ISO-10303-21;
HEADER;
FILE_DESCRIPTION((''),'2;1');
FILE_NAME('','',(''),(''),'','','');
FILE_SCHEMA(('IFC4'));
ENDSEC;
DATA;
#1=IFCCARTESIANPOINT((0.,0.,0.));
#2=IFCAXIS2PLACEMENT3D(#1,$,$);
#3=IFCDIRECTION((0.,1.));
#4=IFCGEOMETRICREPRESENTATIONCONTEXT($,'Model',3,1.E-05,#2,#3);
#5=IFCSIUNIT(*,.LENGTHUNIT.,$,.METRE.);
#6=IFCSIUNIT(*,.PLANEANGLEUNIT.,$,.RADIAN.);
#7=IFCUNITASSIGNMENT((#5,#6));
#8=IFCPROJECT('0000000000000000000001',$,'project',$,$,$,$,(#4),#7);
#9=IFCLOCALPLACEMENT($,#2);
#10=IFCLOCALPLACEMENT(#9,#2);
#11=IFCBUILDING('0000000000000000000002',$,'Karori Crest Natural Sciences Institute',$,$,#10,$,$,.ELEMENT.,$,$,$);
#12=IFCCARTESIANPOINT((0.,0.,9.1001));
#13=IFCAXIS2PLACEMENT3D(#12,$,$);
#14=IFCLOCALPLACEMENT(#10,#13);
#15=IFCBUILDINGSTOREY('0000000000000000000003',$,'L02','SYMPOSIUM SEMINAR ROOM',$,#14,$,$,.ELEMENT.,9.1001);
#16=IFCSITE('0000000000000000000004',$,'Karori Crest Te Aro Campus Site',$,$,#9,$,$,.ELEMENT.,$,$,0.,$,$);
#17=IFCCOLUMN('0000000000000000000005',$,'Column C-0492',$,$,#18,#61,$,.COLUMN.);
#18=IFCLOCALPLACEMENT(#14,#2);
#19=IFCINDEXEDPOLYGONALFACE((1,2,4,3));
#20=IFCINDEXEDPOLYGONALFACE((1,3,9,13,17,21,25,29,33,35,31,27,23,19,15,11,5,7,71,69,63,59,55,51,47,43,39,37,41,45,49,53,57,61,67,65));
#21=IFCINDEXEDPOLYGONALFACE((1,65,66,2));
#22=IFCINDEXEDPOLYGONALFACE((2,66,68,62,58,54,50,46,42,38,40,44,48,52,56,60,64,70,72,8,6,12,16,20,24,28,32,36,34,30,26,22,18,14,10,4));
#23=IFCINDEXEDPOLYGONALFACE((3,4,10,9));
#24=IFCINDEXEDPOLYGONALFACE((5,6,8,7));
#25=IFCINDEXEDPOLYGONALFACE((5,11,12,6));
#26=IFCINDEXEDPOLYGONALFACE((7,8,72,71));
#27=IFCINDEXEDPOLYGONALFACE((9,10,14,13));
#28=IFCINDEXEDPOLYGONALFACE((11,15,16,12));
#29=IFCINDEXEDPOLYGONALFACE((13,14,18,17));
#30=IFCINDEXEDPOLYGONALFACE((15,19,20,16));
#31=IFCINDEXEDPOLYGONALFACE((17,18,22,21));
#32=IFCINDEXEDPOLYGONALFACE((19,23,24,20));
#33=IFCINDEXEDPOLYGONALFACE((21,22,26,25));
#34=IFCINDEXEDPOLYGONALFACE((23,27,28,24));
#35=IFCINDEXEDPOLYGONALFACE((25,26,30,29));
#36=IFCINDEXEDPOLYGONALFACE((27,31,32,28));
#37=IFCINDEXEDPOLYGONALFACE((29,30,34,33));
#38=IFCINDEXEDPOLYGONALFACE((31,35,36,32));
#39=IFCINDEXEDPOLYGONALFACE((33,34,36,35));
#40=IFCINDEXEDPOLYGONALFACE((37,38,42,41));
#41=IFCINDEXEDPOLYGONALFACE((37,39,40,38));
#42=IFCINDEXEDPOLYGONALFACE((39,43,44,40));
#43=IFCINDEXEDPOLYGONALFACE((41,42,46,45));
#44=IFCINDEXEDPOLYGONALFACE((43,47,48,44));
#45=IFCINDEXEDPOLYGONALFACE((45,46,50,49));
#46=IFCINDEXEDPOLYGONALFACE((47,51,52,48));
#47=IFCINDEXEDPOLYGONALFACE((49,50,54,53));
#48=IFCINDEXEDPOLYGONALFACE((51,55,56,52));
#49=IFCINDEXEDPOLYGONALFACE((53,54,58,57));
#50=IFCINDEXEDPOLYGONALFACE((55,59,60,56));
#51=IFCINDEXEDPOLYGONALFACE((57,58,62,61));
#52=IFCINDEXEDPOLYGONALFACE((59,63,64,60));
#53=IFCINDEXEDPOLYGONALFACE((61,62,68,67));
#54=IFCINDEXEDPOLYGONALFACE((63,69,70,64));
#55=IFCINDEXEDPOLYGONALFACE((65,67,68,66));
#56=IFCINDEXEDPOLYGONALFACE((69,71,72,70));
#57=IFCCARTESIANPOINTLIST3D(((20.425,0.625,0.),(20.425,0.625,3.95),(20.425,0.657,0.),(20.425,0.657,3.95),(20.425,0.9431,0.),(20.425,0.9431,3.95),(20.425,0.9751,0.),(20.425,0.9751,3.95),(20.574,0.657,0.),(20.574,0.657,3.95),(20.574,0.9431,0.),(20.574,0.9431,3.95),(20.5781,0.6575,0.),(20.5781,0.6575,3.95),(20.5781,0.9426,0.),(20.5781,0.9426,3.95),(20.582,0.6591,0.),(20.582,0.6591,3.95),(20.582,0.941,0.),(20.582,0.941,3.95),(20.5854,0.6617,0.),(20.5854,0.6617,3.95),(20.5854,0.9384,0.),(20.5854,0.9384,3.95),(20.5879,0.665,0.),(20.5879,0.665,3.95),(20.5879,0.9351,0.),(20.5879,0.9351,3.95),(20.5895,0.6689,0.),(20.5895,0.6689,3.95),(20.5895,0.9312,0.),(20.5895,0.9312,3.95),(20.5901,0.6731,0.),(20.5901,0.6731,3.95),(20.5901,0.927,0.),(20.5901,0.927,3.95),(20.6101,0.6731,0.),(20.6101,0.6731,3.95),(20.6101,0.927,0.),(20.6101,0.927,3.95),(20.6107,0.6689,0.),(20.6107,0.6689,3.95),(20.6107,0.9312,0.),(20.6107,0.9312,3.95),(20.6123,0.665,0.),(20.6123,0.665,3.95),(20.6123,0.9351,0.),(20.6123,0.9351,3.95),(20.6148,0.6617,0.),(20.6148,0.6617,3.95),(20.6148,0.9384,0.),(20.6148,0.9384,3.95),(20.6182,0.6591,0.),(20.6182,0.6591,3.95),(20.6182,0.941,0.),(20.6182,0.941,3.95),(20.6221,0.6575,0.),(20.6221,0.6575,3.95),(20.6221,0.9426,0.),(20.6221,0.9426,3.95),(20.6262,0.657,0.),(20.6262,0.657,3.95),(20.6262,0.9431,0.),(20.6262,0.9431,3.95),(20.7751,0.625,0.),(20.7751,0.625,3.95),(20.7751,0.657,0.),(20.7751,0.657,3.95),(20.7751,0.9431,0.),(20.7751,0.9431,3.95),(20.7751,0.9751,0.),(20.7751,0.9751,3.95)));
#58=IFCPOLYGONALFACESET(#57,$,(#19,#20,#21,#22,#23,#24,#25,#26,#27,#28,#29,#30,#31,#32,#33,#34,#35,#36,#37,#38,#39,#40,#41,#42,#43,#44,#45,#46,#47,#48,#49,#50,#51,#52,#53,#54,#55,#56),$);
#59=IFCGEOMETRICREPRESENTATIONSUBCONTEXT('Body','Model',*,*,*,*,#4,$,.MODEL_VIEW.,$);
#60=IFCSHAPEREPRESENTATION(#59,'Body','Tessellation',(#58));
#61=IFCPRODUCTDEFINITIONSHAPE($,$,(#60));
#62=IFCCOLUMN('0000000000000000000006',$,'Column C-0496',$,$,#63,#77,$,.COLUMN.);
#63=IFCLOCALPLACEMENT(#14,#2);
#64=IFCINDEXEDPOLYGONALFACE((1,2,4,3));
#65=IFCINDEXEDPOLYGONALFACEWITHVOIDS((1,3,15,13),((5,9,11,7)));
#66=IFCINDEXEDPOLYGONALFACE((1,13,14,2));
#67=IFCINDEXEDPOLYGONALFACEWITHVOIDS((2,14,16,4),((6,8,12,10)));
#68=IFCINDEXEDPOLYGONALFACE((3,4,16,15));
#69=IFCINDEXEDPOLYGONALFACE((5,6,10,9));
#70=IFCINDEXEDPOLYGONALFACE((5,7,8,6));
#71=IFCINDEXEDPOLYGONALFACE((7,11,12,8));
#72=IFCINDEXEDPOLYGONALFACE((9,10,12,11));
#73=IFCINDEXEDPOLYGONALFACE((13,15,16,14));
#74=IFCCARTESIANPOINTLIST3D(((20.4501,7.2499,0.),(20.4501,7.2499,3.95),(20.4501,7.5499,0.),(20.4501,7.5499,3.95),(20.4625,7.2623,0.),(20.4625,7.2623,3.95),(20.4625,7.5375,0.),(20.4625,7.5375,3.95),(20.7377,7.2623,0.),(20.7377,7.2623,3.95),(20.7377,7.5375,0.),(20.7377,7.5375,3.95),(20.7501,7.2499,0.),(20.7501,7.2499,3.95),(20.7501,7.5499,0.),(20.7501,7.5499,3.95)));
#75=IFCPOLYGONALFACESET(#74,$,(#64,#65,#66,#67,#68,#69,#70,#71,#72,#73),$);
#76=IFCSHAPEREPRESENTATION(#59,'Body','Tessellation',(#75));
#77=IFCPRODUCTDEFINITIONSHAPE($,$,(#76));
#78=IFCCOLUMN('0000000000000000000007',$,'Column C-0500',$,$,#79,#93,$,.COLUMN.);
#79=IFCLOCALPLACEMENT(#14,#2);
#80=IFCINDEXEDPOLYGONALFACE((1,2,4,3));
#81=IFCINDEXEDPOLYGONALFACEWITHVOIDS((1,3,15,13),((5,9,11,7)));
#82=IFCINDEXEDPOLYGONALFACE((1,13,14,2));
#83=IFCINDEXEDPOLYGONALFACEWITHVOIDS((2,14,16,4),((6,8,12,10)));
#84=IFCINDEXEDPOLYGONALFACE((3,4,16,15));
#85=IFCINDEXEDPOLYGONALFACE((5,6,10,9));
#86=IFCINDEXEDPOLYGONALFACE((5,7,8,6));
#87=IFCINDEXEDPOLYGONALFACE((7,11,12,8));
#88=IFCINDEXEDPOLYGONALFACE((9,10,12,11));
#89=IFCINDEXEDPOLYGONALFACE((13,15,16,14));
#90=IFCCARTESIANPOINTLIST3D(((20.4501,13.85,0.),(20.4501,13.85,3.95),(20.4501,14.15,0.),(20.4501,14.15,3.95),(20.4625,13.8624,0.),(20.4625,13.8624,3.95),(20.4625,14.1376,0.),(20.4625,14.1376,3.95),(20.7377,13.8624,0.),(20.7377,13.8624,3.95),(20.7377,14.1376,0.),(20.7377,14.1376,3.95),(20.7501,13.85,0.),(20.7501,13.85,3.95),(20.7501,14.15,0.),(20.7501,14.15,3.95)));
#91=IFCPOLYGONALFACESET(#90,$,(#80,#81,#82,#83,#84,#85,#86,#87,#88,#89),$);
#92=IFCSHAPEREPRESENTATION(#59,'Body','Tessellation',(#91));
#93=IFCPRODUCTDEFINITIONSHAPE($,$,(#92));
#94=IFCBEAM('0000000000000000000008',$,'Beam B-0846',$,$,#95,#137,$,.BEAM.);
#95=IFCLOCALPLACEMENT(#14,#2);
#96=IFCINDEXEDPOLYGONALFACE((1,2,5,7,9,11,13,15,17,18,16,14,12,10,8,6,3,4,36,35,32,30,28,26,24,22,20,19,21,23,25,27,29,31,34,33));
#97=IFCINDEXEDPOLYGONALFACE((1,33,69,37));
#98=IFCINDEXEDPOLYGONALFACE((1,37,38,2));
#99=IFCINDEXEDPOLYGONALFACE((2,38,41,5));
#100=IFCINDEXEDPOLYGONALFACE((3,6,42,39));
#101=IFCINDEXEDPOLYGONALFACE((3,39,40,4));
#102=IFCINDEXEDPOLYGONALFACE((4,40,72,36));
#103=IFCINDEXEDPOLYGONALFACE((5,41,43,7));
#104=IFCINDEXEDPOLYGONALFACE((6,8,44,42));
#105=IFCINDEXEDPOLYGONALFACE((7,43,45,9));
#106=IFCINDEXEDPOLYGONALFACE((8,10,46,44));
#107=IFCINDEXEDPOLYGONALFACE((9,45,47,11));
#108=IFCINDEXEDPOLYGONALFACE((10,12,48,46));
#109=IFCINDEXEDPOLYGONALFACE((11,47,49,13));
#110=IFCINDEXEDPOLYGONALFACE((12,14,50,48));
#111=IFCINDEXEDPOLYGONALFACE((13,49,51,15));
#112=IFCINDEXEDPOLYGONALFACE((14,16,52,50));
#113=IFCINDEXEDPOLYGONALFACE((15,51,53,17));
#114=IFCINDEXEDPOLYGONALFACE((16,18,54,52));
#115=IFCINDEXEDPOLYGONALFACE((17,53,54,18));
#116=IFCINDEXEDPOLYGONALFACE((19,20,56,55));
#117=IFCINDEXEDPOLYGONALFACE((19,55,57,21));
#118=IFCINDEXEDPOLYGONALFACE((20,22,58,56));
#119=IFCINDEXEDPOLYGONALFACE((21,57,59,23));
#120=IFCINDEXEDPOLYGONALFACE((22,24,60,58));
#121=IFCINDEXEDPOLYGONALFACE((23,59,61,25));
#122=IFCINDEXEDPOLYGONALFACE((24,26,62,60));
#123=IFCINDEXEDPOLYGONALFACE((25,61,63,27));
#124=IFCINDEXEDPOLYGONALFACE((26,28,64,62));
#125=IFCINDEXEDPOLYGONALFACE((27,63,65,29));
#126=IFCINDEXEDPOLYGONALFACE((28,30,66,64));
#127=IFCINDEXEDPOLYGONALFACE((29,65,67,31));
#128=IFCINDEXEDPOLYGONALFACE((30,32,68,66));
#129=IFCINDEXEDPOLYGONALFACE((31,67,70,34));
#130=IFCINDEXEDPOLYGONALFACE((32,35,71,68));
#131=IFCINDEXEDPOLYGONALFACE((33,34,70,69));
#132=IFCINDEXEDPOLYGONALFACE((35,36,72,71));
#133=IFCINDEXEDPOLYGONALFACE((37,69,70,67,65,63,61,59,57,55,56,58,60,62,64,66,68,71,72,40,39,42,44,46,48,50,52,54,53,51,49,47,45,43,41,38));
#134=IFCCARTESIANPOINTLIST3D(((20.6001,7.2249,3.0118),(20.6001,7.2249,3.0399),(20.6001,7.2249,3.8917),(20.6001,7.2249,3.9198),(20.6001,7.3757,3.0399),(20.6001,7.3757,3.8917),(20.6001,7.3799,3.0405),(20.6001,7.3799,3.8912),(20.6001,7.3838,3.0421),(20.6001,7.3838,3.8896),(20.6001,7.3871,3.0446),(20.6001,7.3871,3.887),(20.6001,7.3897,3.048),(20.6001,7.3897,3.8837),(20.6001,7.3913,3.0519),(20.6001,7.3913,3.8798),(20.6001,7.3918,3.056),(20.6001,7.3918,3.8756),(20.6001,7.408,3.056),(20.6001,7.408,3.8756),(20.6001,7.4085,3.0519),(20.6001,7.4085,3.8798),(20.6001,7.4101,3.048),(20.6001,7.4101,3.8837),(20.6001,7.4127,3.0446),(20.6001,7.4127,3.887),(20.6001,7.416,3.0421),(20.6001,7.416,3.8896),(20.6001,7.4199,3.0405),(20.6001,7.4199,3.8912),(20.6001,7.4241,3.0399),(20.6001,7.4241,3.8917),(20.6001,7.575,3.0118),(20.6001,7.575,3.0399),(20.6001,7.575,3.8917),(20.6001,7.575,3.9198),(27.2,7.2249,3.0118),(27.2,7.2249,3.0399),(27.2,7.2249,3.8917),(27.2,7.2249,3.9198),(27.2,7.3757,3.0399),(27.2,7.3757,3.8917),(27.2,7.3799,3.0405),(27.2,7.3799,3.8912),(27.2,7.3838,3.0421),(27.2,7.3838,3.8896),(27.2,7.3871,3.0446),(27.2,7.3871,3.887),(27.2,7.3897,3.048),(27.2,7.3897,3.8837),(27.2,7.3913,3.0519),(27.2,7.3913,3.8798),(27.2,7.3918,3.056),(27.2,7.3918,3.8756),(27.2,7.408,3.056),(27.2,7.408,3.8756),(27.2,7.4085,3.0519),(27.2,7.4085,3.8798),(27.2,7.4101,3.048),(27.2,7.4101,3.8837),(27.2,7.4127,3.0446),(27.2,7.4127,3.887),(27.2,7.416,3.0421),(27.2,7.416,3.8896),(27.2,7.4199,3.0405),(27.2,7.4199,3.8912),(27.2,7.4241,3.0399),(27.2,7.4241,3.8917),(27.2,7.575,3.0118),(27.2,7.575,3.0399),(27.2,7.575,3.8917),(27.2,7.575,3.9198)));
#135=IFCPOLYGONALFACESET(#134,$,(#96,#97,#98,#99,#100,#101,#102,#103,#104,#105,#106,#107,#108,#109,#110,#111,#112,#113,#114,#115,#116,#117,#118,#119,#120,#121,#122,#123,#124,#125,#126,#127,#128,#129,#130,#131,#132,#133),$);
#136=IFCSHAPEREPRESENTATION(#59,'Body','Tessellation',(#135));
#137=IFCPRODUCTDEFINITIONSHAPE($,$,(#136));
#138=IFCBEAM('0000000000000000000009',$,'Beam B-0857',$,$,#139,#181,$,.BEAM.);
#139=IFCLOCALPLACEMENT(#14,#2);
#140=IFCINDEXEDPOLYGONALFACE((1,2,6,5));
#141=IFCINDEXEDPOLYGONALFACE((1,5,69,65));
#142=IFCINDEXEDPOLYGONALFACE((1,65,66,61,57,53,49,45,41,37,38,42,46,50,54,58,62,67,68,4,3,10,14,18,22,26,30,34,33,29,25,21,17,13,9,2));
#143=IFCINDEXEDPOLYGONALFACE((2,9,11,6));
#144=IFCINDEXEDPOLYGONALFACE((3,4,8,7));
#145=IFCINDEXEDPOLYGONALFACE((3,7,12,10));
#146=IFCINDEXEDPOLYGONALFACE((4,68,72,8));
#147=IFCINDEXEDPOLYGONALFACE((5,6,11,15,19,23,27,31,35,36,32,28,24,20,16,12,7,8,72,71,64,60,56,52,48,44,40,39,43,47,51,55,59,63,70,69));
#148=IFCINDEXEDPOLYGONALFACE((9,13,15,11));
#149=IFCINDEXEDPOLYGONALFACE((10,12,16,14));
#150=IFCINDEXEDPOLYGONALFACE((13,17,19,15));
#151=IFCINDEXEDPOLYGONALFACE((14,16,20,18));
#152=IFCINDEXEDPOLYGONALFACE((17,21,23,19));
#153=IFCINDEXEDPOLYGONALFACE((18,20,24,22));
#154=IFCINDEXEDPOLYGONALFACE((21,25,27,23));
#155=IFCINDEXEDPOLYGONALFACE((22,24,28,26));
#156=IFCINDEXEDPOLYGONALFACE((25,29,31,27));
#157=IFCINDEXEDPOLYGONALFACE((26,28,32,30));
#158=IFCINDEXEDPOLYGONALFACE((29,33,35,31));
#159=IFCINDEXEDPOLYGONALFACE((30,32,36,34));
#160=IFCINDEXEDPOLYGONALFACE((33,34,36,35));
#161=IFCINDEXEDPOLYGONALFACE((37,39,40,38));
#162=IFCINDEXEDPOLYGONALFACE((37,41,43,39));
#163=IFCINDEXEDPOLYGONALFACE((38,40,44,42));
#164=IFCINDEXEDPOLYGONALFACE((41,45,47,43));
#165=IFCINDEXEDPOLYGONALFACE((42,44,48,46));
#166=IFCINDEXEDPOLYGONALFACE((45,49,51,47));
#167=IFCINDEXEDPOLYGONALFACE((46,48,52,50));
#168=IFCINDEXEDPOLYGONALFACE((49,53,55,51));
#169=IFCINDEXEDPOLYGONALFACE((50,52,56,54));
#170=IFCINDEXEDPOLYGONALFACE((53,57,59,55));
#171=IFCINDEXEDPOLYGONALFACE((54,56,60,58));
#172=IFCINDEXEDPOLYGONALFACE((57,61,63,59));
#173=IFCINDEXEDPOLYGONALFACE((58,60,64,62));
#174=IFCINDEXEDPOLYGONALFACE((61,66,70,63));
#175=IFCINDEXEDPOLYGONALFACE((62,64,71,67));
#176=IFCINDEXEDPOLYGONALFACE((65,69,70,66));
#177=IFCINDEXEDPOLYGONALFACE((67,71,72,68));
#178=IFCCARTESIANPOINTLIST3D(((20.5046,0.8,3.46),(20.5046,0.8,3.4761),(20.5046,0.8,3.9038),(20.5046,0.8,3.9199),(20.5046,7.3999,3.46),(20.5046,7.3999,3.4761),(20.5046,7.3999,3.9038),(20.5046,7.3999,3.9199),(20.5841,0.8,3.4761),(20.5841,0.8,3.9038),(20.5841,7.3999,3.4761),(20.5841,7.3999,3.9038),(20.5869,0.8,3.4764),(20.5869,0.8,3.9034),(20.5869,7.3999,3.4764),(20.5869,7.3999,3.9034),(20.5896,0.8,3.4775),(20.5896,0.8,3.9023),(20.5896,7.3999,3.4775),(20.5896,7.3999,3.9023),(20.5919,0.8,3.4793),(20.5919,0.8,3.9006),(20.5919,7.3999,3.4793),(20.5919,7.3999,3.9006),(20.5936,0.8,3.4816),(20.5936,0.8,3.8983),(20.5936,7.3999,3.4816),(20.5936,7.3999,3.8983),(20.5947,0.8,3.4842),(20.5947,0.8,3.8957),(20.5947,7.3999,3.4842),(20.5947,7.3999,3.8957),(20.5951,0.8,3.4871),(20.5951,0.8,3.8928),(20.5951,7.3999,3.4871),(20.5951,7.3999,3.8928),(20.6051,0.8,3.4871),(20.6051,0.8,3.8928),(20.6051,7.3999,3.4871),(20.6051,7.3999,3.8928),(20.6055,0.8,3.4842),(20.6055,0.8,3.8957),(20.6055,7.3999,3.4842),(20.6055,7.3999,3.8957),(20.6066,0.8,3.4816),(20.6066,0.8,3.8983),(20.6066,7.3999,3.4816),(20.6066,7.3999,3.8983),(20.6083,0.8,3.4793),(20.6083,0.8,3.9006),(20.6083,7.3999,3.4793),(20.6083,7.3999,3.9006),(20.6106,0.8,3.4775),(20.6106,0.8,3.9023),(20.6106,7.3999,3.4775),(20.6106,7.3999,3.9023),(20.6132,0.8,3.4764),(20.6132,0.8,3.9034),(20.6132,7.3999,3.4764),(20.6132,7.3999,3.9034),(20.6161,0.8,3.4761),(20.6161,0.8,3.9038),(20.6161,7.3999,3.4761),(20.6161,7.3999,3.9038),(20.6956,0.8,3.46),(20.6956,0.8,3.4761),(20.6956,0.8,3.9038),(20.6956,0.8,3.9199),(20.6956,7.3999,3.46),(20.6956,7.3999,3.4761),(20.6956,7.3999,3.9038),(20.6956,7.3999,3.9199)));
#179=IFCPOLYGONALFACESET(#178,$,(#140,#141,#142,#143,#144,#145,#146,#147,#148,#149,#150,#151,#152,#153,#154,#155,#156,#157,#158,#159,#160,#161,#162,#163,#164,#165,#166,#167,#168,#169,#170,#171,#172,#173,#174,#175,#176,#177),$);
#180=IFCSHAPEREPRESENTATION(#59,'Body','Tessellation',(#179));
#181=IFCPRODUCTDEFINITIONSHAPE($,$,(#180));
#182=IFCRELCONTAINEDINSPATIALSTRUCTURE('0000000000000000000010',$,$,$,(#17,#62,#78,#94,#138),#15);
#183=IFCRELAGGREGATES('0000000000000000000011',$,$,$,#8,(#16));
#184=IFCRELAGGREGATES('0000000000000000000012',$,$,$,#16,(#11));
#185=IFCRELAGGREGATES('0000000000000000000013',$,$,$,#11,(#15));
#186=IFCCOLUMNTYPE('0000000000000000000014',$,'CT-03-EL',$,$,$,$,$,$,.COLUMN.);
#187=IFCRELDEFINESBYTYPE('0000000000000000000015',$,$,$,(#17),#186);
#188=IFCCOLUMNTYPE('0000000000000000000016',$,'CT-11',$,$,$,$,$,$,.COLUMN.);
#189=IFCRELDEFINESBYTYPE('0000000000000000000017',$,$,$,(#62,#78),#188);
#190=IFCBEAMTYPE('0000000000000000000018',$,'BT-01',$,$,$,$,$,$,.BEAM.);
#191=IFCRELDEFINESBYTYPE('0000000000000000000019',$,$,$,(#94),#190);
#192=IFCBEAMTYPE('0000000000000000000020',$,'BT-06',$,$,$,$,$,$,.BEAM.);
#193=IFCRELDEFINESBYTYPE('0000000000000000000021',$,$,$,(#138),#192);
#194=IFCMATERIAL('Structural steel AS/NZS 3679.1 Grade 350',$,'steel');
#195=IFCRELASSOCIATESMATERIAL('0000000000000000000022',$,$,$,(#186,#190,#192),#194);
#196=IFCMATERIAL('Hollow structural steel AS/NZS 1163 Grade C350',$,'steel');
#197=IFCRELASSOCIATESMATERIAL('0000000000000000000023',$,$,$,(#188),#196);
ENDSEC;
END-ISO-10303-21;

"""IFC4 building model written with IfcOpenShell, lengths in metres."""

from ifc_helpers import new_model, si_unit, direction, frame, origin, origin_2d, place, context, subcontext, project, spatial, hollow_rectangle, i_section, extrude, material, material_profile, profile_set, type_object, element, save


model = new_model("IFC4")

# Units and contexts
model_context = context("Model", 3, precision=1e-05, world=origin(), true_north=direction((0.0, 1.0)))
body_context = subcontext(model_context, "Body", "Model", "MODEL_VIEW")
ifc_project = project(units=[si_unit("LENGTHUNIT", "METRE"), si_unit("PLANEANGLEUNIT", "RADIAN")], contexts=[model_context])

# Site, building, storey
site_placement = place(None, origin())
site = spatial("IfcSite", under=ifc_project, at=site_placement, Name="Karori Crest Te Aro Campus Site", CompositionType="ELEMENT", RefElevation=0.0)
building_placement = place(site_placement, origin())
building = spatial("IfcBuilding", under=site, at=building_placement, Name="Karori Crest Natural Sciences Institute", CompositionType="ELEMENT")
storey_placement = place(building_placement, frame((0.0, 0.0, 9.1001)))
storey = spatial("IfcBuildingStorey", under=building, at=storey_placement, Name="L02", Description="SYMPOSIUM SEMINAR ROOM", CompositionType="ELEMENT", Elevation=9.1001)

# Columns
ifc_material_1 = material(Name="Structural steel AS/NZS 3679.1 Grade 350", Category="steel")
ifc_material_profile_1 = material_profile(ifc_material_1, i_section(OverallWidth=0.3501, OverallDepth=0.3501, WebThickness=0.02, FlangeThickness=0.032, FilletRadius=0.0161, at=origin_2d()), Name="350WC280")
ifc_profile_set_1 = profile_set([ifc_material_profile_1], Name="Structural steel AS/NZS 3679.1 Grade 350")
column_type_1 = type_object("IfcColumnType", Name="CT-03-EL", PredefinedType="COLUMN", material=ifc_profile_set_1)
column_placement = place(storey_placement, frame((20.6001, 0.8, 0.0), z_axis=(0.0, 0.0, 1.0), x_axis=(1.0, 0.0, 0.0)))
element("IfcColumn", 1, at=column_placement, inside=storey, type_object=column_type_1, Name="Column C-0492", PredefinedType="COLUMN", context=body_context, shape_type="SweptSolid", body=[
    extrude(i_section(OverallWidth=0.3501, OverallDepth=0.3501, WebThickness=0.02, FlangeThickness=0.032, FilletRadius=0.0161, at=origin_2d()), origin(), (0.0, 0.0, 1.0), 3.95),
])
ifc_material_2 = material(Name="Hollow structural steel AS/NZS 1163 Grade C350", Category="steel")
ifc_material_profile_2 = material_profile(ifc_material_2, hollow_rectangle(XDim=0.3, YDim=0.3, WallThickness=0.0125, at=origin_2d()), Name="SHS300x300x12.5")
ifc_profile_set_2 = profile_set([ifc_material_profile_2], Name="Hollow structural steel AS/NZS 1163 Grade C350")
column_type_2 = type_object("IfcColumnType", Name="CT-11", PredefinedType="COLUMN", material=ifc_profile_set_2)
for number, where, z_axis, x_axis, name in (
    (2, (20.6001, 7.3999, 0.0), (0.0, 0.0, 1.0), (1.0, 0.0, 0.0), "Column C-0496"),
    (3, (20.6001, 14.0, 0.0), (0.0, 0.0, 1.0), (1.0, 0.0, 0.0), "Column C-0500"),
):
    element("IfcColumn", number, at=place(storey_placement, frame(where, z_axis=z_axis, x_axis=x_axis)), inside=storey, type_object=column_type_2, Name=name, PredefinedType="COLUMN", context=body_context, shape_type="SweptSolid", body=[
        extrude(hollow_rectangle(XDim=0.3, YDim=0.3, WallThickness=0.0125, at=origin_2d()), origin(), (0.0, 0.0, 1.0), 3.95),
    ])

# Beams
ifc_material_profile_3 = material_profile(ifc_material_1, i_section(OverallWidth=0.3501, OverallDepth=0.908, WebThickness=0.0161, FlangeThickness=0.0281, FilletRadius=0.0161, at=origin_2d()), Name="900WB257")
ifc_profile_set_3 = profile_set([ifc_material_profile_3], Name="Structural steel AS/NZS 3679.1 Grade 350")
beam_type_1 = type_object("IfcBeamType", Name="BT-01", PredefinedType="BEAM", material=ifc_profile_set_3)
beam_1_placement = place(storey_placement, frame((20.6001, 7.3999, 3.4658), z_axis=(1.0, 0.0, 0.0), x_axis=(0.0, 1.0, 0.0)))
element("IfcBeam", 4, at=beam_1_placement, inside=storey, type_object=beam_type_1, Name="Beam B-0846", PredefinedType="BEAM", context=body_context, shape_type="SweptSolid", body=[
    extrude(i_section(OverallWidth=0.3501, OverallDepth=0.908, WebThickness=0.0161, FlangeThickness=0.0281, FilletRadius=0.0161, at=origin_2d()), origin(), (0.0, 0.0, 1.0), 6.5999),
])
ifc_material_profile_4 = material_profile(ifc_material_1, i_section(OverallWidth=0.1909, OverallDepth=0.46, WebThickness=0.01, FlangeThickness=0.0161, FilletRadius=0.011, at=origin_2d()), Name="460UB82.1")
ifc_profile_set_4 = profile_set([ifc_material_profile_4], Name="Structural steel AS/NZS 3679.1 Grade 350")
beam_type_2 = type_object("IfcBeamType", Name="BT-06", PredefinedType="BEAM", material=ifc_profile_set_4)
beam_2_placement = place(storey_placement, frame((20.6001, 0.8, 3.6899), z_axis=(0.0, 1.0, 0.0), x_axis=(-1.0, 0.0, 0.0)))
element("IfcBeam", 5, at=beam_2_placement, inside=storey, type_object=beam_type_2, Name="Beam B-0857", PredefinedType="BEAM", context=body_context, shape_type="SweptSolid", body=[
    extrude(i_section(OverallWidth=0.1909, OverallDepth=0.46, WebThickness=0.01, FlangeThickness=0.0161, FilletRadius=0.011, at=origin_2d()), origin(), (0.0, 0.0, 1.0), 6.5999),
])

save(model, "model.ifc")
